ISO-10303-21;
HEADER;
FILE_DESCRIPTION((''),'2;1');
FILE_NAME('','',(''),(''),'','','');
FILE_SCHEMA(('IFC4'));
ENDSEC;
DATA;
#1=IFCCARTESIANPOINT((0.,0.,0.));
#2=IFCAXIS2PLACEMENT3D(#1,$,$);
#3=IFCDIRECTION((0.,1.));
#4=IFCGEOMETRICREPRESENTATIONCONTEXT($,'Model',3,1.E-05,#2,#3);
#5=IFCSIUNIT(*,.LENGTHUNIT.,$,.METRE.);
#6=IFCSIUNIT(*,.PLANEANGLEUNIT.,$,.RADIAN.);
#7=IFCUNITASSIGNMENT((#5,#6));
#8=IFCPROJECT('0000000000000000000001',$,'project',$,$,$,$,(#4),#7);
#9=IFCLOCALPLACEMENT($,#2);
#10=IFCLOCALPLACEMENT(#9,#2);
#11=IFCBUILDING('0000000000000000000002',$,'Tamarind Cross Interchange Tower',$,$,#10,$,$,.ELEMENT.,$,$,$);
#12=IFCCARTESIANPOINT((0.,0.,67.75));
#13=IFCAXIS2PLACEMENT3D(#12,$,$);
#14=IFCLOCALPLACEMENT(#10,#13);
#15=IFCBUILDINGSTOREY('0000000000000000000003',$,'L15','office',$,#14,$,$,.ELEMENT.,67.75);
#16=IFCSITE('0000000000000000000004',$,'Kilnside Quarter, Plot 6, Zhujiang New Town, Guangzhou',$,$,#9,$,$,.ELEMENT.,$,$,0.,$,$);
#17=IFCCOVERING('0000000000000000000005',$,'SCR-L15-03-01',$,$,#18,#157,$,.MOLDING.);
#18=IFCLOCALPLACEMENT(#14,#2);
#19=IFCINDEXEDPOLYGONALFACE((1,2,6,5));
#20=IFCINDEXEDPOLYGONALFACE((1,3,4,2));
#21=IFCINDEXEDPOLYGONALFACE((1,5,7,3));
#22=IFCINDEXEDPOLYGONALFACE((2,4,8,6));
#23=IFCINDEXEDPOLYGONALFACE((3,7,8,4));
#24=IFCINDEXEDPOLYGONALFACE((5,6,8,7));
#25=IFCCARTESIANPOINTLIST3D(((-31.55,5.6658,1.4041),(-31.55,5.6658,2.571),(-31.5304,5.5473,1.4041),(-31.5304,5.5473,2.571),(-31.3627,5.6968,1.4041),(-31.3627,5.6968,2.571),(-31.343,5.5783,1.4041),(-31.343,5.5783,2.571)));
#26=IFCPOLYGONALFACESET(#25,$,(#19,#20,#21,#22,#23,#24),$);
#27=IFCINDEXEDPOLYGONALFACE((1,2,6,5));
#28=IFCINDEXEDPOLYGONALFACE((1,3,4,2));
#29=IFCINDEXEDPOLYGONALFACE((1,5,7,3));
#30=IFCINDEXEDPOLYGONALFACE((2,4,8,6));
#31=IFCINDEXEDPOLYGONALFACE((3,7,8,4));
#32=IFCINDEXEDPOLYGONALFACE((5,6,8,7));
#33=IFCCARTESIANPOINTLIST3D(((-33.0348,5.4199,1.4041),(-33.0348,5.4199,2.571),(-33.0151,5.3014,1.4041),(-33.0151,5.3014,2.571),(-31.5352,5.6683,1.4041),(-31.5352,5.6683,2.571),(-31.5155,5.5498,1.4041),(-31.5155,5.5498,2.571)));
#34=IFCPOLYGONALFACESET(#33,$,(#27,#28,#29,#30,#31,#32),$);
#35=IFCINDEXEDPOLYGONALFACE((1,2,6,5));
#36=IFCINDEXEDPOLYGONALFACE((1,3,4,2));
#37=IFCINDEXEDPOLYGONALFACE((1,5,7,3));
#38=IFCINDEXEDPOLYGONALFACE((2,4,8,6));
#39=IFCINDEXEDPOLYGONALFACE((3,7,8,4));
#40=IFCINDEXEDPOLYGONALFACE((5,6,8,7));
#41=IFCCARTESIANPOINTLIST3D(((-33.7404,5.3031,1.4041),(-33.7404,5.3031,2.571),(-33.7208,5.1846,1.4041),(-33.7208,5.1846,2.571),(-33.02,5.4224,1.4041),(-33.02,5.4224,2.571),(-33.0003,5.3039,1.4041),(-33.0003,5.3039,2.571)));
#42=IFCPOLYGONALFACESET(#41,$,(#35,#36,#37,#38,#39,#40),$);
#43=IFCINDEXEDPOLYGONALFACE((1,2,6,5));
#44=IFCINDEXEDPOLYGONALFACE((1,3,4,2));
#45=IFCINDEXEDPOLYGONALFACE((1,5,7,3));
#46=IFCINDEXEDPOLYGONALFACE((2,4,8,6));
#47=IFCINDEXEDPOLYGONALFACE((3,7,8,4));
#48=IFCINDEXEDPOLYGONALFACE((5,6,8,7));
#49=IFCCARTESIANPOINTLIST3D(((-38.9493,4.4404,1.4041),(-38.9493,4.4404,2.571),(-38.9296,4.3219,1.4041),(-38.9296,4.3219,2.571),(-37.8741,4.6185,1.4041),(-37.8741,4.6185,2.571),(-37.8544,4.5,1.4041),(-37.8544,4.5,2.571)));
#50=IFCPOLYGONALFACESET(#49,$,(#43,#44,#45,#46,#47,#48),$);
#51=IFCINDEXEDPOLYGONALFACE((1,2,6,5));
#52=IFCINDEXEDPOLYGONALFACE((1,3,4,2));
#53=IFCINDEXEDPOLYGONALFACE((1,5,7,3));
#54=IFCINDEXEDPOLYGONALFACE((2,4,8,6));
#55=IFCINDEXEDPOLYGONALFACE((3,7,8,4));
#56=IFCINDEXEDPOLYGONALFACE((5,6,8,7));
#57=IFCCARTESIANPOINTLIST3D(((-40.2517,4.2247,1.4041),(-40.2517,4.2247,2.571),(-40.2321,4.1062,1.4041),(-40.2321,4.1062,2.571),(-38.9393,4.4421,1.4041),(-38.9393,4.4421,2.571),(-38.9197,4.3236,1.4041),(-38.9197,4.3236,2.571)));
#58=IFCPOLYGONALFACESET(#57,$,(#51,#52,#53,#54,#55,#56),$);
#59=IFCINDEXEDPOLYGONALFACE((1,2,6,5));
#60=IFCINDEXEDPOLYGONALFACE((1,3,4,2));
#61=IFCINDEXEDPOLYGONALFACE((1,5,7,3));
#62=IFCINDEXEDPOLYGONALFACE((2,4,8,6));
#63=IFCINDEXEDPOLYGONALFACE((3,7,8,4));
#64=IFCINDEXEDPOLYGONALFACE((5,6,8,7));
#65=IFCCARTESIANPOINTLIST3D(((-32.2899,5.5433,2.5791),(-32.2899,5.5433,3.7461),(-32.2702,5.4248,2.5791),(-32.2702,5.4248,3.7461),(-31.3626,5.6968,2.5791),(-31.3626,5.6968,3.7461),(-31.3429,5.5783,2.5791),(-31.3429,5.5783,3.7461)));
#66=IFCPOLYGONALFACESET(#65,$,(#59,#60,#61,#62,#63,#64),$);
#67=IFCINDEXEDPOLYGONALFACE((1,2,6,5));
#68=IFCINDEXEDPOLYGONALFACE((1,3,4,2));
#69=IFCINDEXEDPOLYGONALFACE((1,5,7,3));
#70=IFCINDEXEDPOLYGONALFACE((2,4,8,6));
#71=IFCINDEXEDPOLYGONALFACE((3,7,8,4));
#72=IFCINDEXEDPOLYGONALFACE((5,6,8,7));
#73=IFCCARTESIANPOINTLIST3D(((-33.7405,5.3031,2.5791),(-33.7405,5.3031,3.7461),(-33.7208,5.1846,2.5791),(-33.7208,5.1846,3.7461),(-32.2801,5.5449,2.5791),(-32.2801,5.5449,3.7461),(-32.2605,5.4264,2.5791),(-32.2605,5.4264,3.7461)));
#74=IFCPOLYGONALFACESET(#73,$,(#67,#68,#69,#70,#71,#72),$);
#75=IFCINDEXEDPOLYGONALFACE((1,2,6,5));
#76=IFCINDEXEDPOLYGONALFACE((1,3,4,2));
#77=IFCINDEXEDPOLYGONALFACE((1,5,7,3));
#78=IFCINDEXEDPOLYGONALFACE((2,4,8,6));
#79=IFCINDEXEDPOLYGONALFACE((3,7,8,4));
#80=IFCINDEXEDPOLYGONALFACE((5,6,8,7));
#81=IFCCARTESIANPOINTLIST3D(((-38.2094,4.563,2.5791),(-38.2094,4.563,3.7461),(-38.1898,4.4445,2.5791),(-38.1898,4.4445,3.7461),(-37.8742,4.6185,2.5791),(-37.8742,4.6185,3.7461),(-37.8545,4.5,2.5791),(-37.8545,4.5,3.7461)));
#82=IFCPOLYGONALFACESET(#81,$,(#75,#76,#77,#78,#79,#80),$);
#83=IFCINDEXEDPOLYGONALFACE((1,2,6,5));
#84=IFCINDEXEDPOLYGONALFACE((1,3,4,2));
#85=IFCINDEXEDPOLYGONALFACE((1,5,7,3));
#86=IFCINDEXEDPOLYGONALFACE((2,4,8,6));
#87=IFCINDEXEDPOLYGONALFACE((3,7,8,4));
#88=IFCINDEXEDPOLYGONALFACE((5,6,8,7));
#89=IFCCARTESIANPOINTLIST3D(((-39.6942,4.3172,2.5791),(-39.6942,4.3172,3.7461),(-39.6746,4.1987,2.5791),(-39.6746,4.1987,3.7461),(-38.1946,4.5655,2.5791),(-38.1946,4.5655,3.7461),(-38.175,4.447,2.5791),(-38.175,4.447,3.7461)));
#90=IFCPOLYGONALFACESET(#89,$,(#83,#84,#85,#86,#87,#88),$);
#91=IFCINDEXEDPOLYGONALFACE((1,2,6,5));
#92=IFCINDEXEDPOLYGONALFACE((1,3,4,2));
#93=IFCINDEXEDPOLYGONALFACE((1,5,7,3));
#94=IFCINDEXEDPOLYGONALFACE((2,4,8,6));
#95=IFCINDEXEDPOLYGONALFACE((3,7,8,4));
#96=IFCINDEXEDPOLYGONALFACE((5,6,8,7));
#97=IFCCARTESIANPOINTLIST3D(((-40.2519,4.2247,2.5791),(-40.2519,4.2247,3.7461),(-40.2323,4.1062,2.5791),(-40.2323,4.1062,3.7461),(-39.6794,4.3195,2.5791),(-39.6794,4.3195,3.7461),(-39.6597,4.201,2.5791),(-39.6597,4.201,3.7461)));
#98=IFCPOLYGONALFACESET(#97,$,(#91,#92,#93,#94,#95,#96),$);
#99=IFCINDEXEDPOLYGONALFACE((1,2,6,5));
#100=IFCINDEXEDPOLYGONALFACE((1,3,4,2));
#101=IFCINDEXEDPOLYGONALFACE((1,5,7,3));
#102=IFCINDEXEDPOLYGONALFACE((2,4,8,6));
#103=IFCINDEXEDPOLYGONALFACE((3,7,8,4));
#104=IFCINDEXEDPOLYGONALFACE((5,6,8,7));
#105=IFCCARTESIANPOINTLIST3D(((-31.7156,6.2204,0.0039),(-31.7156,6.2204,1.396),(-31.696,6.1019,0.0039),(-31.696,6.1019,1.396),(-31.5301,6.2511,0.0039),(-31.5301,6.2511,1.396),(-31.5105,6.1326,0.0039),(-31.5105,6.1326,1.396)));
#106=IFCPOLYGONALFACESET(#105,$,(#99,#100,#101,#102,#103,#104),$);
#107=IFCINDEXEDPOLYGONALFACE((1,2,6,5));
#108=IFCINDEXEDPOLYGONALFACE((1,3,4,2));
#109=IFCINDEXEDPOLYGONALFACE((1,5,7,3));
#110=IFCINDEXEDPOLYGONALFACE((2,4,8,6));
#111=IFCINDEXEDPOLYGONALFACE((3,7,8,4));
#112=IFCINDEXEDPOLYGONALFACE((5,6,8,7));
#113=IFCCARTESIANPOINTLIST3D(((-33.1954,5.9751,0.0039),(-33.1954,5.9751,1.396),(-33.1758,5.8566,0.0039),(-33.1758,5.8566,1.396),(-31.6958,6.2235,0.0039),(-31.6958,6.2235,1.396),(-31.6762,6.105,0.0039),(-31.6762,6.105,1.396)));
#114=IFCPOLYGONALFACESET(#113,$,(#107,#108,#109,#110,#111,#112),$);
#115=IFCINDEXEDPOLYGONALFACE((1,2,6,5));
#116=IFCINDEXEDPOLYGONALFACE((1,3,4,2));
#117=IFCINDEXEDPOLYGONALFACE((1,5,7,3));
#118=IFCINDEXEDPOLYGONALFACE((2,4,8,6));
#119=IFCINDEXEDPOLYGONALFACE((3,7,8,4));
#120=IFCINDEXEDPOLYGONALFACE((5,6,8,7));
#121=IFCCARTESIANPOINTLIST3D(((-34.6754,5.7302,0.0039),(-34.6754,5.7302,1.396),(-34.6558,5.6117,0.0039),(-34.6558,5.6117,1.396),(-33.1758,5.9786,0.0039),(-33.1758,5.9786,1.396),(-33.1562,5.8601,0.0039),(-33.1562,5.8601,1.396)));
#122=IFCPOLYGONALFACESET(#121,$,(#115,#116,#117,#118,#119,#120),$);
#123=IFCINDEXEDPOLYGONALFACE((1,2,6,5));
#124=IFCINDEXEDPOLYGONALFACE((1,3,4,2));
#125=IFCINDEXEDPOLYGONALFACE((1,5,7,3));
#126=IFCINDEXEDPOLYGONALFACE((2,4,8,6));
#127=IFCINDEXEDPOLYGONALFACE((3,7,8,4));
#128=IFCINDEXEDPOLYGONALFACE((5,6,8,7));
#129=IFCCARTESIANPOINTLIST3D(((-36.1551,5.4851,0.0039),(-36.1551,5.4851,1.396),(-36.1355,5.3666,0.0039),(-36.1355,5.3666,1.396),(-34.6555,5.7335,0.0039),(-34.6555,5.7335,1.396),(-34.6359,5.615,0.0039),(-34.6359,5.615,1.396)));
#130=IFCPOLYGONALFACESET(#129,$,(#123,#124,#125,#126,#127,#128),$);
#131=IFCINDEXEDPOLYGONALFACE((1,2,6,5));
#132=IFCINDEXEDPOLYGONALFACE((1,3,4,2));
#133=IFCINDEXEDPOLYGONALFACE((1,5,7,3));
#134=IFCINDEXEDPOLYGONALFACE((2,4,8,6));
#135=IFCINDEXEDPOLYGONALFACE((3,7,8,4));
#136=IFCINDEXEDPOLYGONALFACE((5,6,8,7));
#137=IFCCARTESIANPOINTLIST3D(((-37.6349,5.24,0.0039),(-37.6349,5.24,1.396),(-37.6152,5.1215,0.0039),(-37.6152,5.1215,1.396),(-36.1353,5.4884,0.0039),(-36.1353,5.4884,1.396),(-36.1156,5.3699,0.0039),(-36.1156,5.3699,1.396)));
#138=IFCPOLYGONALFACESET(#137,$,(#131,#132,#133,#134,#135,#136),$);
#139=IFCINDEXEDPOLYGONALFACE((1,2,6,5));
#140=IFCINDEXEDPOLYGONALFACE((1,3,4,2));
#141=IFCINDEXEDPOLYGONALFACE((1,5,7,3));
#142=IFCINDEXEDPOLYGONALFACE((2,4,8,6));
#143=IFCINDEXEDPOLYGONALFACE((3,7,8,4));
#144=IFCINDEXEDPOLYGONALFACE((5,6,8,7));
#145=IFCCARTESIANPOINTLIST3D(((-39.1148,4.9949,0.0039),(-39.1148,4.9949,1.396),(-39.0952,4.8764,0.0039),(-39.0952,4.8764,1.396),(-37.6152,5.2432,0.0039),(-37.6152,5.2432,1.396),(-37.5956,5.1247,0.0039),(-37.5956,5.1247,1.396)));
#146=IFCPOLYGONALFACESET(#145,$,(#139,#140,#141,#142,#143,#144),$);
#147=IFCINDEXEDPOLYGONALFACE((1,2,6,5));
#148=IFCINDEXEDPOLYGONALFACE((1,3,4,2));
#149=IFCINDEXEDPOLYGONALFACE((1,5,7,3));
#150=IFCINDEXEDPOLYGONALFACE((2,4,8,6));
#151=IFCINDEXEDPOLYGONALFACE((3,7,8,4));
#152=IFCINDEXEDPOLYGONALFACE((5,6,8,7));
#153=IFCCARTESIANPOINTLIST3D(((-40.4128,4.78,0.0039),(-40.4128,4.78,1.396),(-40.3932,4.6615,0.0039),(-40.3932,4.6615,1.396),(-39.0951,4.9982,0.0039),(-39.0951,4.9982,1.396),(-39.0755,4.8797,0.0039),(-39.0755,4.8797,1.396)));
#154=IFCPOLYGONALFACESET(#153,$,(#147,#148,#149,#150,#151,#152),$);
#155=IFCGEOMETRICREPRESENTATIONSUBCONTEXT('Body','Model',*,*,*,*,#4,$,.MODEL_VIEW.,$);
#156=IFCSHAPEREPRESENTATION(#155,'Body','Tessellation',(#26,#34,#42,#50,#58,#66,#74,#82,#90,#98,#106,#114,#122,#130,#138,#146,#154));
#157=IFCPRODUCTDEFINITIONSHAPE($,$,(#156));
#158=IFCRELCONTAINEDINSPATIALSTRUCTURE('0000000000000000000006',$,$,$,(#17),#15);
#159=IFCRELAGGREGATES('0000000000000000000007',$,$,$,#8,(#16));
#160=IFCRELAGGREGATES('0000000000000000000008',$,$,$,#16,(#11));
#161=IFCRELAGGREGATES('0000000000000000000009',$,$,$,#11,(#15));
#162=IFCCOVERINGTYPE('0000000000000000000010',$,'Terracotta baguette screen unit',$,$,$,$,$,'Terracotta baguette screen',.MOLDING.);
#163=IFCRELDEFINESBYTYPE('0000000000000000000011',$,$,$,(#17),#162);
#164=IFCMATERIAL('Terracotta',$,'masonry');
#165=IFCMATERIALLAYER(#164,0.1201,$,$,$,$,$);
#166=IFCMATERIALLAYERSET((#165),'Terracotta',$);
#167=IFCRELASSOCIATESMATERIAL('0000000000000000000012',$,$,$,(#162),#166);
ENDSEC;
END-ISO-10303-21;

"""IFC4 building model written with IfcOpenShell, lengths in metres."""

from ifc_helpers import new_model, si_unit, direction, frame, origin, origin_2d, place, context, subcontext, project, spatial, rectangle, extrude, material, layer, layer_set, type_object, element, save


model = new_model("IFC4")

# Units and contexts
model_context = context("Model", 3, precision=1e-05, world=origin(), true_north=direction((0.0, 1.0)))
body_context = subcontext(model_context, "Body", "Model", "MODEL_VIEW")
ifc_project = project(units=[si_unit("LENGTHUNIT", "METRE"), si_unit("PLANEANGLEUNIT", "RADIAN")], contexts=[model_context])

# Site, building, storey
site_placement = place(None, origin())
site = spatial("IfcSite", under=ifc_project, at=site_placement, Name="Kilnside Quarter, Plot 6, Zhujiang New Town, Guangzhou", CompositionType="ELEMENT", RefElevation=0.0)
building_placement = place(site_placement, origin())
building = spatial("IfcBuilding", under=site, at=building_placement, Name="Tamarind Cross Interchange Tower", CompositionType="ELEMENT")
storey_placement = place(building_placement, frame((0.0, 0.0, 67.75)))
storey = spatial("IfcBuildingStorey", under=building, at=storey_placement, Name="L15", Description="office", CompositionType="ELEMENT", Elevation=67.75)

# Covering
ifc_material_1 = material(Name="Terracotta", Category="masonry")
ifc_layer_1 = layer(ifc_material_1, 0.1201)
ifc_layer_set_1 = layer_set([ifc_layer_1], Name="Terracotta")
covering_type = type_object("IfcCoveringType", Name="Terracotta baguette screen unit", ElementType="Terracotta baguette screen", PredefinedType="MOLDING", material=ifc_layer_set_1)
covering_1_placement = place(storey_placement, origin())
element("IfcCovering", 1, at=covering_1_placement, inside=storey, type_object=covering_type, Name="SCR-L15-03-01", PredefinedType="MOLDING", context=body_context, shape_type="SweptSolid", body=[
    extrude(rectangle(XDim=0.1899, YDim=0.1201, at=origin_2d()), frame((-31.4465, 5.6221, 1.4041), z_axis=(0.0, 0.0, 1.0), x_axis=(-0.986563, -0.163381, 0.0)), (0.0, 0.0, 1.0), 1.167),
    extrude(rectangle(XDim=1.52, YDim=0.1201, at=origin_2d()), frame((-32.2751, 5.4849, 1.4041), z_axis=(0.0, 0.0, 1.0), x_axis=(-0.986563, -0.163381, 0.0)), (0.0, 0.0, 1.0), 1.167),
    extrude(rectangle(XDim=0.7302, YDim=0.1201, at=origin_2d()), frame((-33.3704, 5.3035, 1.4041), z_axis=(0.0, 0.0, 1.0), x_axis=(-0.986563, -0.163381, 0.0)), (0.0, 0.0, 1.0), 1.167),
    extrude(rectangle(XDim=1.0898, YDim=0.1201, at=origin_2d()), frame((-38.4019, 4.4702, 1.4041), z_axis=(0.0, 0.0, 1.0), x_axis=(-0.986563, -0.163381, 0.0)), (0.0, 0.0, 1.0), 1.167),
    extrude(rectangle(XDim=1.3303, YDim=0.1201, at=origin_2d()), frame((-39.5857, 4.2742, 1.4041), z_axis=(0.0, 0.0, 1.0), x_axis=(-0.986563, -0.163381, 0.0)), (0.0, 0.0, 1.0), 1.167),
    extrude(rectangle(XDim=0.9399, YDim=0.1201, at=origin_2d()), frame((-31.8164, 5.5608, 2.5791), z_axis=(0.0, 0.0, 1.0), x_axis=(-0.986563, -0.163381, 0.0)), (0.0, 0.0, 1.0), 1.167),
    extrude(rectangle(XDim=1.4802, YDim=0.1201, at=origin_2d()), frame((-33.0005, 5.3647, 2.5791), z_axis=(0.0, 0.0, 1.0), x_axis=(-0.986563, -0.163381, 0.0)), (0.0, 0.0, 1.0), 1.167),
    extrude(rectangle(XDim=0.3398, YDim=0.1201, at=origin_2d()), frame((-38.032, 4.5315, 2.5791), z_axis=(0.0, 0.0, 1.0), x_axis=(-0.986563, -0.163381, 0.0)), (0.0, 0.0, 1.0), 1.167),
    extrude(rectangle(XDim=1.52, YDim=0.1201, at=origin_2d()), frame((-38.9346, 4.3821, 2.5791), z_axis=(0.0, 0.0, 1.0), x_axis=(-0.986563, -0.163381, 0.0)), (0.0, 0.0, 1.0), 1.167),
    extrude(rectangle(XDim=0.5803, YDim=0.1201, at=origin_2d()), frame((-39.9558, 4.2129, 2.5791), z_axis=(0.0, 0.0, 1.0), x_axis=(-0.986563, -0.163381, 0.0)), (0.0, 0.0, 1.0), 1.167),
    extrude(rectangle(XDim=0.188, YDim=0.1201, at=origin_2d()), frame((-31.613, 6.1765, 0.0039), z_axis=(0.0, 0.0, 1.0), x_axis=(-0.986563, -0.163381, 0.0)), (0.0, 0.0, 1.0), 1.3921),
    extrude(rectangle(XDim=1.52, YDim=0.1201, at=origin_2d()), frame((-32.4358, 6.04, 0.0039), z_axis=(0.0, 0.0, 1.0), x_axis=(-0.986563, -0.163381, 0.0)), (0.0, 0.0, 1.0), 1.3921),
    extrude(rectangle(XDim=1.52, YDim=0.1201, at=origin_2d()), frame((-33.9158, 5.7952, 0.0039), z_axis=(0.0, 0.0, 1.0), x_axis=(-0.986563, -0.163381, 0.0)), (0.0, 0.0, 1.0), 1.3921),
    extrude(rectangle(XDim=1.52, YDim=0.1201, at=origin_2d()), frame((-35.3955, 5.55, 0.0039), z_axis=(0.0, 0.0, 1.0), x_axis=(-0.986563, -0.163381, 0.0)), (0.0, 0.0, 1.0), 1.3921),
    extrude(rectangle(XDim=1.52, YDim=0.1201, at=origin_2d()), frame((-36.8752, 5.3049, 0.0039), z_axis=(0.0, 0.0, 1.0), x_axis=(-0.986563, -0.163381, 0.0)), (0.0, 0.0, 1.0), 1.3921),
    extrude(rectangle(XDim=1.52, YDim=0.1201, at=origin_2d()), frame((-38.3552, 5.0598, 0.0039), z_axis=(0.0, 0.0, 1.0), x_axis=(-0.986563, -0.163381, 0.0)), (0.0, 0.0, 1.0), 1.3921),
    extrude(rectangle(XDim=1.3357, YDim=0.1201, at=origin_2d()), frame((-39.7441, 4.8298, 0.0039), z_axis=(0.0, 0.0, 1.0), x_axis=(-0.986563, -0.163381, 0.0)), (0.0, 0.0, 1.0), 1.3921),
])

save(model, "model.ifc")
